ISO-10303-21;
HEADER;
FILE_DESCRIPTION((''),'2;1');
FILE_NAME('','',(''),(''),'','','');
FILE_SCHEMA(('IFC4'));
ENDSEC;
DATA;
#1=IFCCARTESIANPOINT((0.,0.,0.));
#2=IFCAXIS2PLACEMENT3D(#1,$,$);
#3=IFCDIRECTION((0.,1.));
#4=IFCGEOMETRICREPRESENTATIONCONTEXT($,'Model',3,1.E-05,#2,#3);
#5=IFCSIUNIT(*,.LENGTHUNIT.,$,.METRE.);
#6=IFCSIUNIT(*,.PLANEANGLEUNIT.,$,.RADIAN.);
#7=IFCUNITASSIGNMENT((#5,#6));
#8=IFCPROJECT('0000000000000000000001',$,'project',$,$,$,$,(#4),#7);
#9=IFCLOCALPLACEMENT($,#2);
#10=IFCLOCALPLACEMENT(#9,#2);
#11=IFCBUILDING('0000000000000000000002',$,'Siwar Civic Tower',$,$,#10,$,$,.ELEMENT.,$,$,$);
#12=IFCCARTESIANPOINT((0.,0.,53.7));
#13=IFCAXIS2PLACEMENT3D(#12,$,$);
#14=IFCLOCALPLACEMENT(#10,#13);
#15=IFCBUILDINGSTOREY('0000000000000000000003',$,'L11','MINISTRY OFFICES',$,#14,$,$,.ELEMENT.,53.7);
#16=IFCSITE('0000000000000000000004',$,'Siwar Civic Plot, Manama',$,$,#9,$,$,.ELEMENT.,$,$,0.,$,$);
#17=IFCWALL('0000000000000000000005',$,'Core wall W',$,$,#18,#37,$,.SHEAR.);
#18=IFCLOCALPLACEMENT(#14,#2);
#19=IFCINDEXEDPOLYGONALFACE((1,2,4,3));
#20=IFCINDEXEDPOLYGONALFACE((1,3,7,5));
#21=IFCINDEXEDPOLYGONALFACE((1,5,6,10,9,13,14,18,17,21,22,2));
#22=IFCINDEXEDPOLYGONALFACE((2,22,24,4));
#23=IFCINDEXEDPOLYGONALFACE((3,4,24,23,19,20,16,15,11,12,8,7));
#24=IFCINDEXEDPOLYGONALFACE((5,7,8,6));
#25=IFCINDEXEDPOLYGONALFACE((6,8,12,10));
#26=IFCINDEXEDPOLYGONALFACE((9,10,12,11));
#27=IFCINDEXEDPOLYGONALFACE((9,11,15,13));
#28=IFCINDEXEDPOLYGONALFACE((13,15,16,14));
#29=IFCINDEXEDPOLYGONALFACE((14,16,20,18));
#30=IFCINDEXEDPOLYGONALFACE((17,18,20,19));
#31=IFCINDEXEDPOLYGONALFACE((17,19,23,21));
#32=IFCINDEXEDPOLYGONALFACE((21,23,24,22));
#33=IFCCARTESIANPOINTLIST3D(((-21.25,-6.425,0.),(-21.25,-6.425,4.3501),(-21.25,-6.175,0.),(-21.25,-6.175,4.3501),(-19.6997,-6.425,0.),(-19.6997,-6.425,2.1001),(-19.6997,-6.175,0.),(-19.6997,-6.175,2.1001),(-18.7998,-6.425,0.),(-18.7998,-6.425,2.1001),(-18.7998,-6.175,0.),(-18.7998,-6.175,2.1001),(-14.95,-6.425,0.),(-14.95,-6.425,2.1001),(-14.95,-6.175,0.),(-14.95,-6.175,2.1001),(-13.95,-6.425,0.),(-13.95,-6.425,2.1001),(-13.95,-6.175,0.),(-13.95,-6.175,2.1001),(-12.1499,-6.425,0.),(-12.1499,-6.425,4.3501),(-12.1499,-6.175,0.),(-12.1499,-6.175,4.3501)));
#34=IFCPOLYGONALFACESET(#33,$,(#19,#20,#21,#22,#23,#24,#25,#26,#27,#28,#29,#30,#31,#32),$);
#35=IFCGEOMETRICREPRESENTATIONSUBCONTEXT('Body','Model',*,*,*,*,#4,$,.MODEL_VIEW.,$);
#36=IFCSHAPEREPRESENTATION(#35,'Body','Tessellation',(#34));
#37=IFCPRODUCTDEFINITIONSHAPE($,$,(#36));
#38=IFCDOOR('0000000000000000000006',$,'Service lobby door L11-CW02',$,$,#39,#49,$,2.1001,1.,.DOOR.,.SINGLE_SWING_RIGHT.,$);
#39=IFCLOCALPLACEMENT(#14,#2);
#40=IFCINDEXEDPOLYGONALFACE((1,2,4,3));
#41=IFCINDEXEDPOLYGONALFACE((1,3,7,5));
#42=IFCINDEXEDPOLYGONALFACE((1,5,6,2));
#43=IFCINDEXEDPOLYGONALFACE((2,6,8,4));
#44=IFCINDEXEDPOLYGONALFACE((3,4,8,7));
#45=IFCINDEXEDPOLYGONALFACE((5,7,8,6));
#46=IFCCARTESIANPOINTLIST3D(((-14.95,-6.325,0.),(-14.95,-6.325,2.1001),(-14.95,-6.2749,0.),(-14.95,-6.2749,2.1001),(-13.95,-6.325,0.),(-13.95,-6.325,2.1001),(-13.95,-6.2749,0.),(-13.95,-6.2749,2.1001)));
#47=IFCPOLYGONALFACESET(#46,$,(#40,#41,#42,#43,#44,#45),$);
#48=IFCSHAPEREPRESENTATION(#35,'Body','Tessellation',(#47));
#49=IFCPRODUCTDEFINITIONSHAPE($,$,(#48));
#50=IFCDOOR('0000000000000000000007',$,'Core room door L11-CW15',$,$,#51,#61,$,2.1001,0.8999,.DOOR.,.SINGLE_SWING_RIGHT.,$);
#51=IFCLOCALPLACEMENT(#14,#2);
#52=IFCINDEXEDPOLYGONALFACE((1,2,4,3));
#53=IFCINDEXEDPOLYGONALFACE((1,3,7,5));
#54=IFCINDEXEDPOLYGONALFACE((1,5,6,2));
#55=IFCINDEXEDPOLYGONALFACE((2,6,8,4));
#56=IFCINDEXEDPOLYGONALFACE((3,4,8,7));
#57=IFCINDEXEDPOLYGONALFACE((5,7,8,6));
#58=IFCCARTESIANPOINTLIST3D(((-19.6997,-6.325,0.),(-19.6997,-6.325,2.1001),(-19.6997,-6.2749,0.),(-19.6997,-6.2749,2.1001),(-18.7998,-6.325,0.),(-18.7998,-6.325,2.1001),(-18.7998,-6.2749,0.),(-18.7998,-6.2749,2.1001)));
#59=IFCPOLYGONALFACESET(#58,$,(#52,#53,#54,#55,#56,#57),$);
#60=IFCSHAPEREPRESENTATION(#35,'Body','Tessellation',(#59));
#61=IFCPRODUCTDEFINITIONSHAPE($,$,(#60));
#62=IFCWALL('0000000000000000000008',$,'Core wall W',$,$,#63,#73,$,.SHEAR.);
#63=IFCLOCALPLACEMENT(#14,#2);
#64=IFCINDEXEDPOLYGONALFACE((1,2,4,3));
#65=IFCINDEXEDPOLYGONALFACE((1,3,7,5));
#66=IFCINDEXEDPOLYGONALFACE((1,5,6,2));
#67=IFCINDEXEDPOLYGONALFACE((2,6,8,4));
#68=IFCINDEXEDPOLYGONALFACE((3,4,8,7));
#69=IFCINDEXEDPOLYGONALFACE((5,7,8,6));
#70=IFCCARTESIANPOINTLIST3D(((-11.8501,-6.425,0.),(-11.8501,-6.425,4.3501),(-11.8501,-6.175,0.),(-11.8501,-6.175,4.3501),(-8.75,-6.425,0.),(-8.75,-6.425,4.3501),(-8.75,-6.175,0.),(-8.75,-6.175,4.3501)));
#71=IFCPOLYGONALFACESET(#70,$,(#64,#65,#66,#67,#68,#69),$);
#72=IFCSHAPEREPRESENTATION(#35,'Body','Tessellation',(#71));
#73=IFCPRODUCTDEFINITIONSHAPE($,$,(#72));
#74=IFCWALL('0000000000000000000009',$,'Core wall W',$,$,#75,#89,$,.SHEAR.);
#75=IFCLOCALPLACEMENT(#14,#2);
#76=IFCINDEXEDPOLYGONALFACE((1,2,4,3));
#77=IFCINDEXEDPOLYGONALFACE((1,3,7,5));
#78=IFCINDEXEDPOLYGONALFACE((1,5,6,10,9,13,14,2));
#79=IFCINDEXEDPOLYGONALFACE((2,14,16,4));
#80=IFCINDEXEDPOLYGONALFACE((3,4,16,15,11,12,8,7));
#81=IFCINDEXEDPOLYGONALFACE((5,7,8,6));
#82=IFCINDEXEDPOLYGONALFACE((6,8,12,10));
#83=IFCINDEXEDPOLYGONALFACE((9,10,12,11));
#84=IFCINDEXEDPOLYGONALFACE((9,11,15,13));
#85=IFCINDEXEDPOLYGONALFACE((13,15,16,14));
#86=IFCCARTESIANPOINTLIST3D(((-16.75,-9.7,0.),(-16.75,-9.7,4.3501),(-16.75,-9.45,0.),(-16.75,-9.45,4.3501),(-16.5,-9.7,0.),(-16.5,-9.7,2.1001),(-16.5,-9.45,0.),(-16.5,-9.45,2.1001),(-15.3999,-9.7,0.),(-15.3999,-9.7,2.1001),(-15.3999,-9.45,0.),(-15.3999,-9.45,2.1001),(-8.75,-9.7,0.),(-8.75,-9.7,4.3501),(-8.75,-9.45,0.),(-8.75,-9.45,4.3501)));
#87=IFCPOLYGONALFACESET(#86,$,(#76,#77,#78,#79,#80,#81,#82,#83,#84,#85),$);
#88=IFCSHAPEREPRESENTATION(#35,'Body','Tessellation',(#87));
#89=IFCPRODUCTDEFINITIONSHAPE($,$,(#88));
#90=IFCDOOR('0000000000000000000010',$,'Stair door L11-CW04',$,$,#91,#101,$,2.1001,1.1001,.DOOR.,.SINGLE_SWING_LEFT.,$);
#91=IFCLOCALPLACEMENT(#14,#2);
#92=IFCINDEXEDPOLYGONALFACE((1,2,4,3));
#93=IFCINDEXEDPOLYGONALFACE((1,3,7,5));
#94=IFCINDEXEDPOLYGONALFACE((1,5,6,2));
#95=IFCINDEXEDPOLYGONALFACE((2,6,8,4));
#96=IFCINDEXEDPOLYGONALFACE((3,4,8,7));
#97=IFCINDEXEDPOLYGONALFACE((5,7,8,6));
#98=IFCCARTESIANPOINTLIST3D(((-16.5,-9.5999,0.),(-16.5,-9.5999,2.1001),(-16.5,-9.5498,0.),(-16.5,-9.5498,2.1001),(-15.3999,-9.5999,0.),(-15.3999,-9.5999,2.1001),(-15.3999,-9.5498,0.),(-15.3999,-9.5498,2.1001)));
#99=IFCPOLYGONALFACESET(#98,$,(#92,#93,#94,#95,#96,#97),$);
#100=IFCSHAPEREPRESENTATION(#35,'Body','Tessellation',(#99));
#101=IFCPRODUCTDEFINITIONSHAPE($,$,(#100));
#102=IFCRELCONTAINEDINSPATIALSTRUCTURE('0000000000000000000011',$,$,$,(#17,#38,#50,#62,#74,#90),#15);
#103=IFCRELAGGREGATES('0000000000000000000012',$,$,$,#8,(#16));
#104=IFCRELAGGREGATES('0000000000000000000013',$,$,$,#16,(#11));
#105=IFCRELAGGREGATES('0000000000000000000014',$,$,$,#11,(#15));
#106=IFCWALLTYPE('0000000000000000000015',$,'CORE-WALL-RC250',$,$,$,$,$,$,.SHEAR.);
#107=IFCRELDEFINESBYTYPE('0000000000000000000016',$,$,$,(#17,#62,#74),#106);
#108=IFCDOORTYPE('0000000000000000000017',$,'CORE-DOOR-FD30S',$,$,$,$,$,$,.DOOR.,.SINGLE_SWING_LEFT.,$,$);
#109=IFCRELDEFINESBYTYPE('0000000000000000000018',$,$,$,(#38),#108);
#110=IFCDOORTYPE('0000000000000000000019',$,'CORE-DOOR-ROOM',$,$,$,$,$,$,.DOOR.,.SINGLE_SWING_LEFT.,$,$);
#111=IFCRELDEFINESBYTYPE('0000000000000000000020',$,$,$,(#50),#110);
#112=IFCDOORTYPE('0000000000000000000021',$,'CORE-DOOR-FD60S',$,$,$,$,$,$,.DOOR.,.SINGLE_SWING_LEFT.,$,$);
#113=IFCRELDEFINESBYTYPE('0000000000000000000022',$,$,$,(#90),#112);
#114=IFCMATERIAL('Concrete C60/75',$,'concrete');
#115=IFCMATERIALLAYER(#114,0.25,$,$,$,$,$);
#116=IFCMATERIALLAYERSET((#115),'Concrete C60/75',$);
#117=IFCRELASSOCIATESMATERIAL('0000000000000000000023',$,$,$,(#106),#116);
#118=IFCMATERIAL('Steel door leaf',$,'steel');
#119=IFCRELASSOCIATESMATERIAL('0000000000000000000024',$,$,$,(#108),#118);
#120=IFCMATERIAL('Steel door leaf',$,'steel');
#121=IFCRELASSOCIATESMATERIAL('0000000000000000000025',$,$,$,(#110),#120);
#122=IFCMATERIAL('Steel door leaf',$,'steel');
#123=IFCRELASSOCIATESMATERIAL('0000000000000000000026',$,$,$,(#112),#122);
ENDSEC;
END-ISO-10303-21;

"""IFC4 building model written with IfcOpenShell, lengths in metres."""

from ifc_helpers import new_model, si_unit, direction, frame, frame_2d, origin, place, context, subcontext, project, spatial, rectangle, extrude, material, layer, layer_set, type_object, element, fill, save


model = new_model("IFC4")

# Units and contexts
model_context = context("Model", 3, precision=1e-05, world=origin(), true_north=direction((0.0, 1.0)))
body_context = subcontext(model_context, "Body", "Model", "MODEL_VIEW")
ifc_project = project(units=[si_unit("LENGTHUNIT", "METRE"), si_unit("PLANEANGLEUNIT", "RADIAN")], contexts=[model_context])

# Site, building, storey
site_placement = place(None, origin())
site = spatial("IfcSite", under=ifc_project, at=site_placement, Name="Siwar Civic Plot, Manama", CompositionType="ELEMENT", RefElevation=0.0)
building_placement = place(site_placement, origin())
building = spatial("IfcBuilding", under=site, at=building_placement, Name="Siwar Civic Tower", CompositionType="ELEMENT")
storey_placement = place(building_placement, frame((0.0, 0.0, 53.7)))
storey = spatial("IfcBuildingStorey", under=building, at=storey_placement, Name="L11", Description="MINISTRY OFFICES", CompositionType="ELEMENT", Elevation=53.7)

# Wall, openings, doors
ifc_material_1 = material(Name="Concrete C60/75", Category="concrete")
ifc_layer_1 = layer(ifc_material_1, 0.25)
ifc_layer_set_1 = layer_set([ifc_layer_1], Name="Concrete C60/75")
wall_type_1 = type_object("IfcWallType", Name="CORE-WALL-RC250", PredefinedType="SHEAR", material=ifc_layer_set_1)
wall_1_placement = place(storey_placement, frame((-12.1499, -6.3, 0.0), z_axis=(0.0, 0.0, 1.0), x_axis=(-1.0, 0.0, 0.0)))
wall_1 = element("IfcWall", 1, at=wall_1_placement, inside=storey, type_object=wall_type_1, Name="Core wall W", PredefinedType="SHEAR", context=body_context, shape_type="SweptSolid", body=[
    extrude(rectangle(XDim=9.1001, YDim=0.25, at=frame_2d((4.55, 0.0))), origin(), (0.0, 0.0, 1.0), 4.3501),
])
opening_1_placement = place(wall_1_placement, frame((1.8, 0.0, 0.0)))
opening_1 = element("IfcOpeningElement", 2, at=opening_1_placement, cuts=wall_1, PredefinedType="OPENING", context=body_context, shape_type="SweptSolid", body=[
    extrude(rectangle(XDim=1.0, YDim=2.1001, at=frame_2d((0.5, 1.05))), frame((0.0, 0.135, 0.0), z_axis=(0.0, -1.0, 0.0), x_axis=(1.0, 0.0, 0.0)), (0.0, 0.0, 1.0), 0.27),
])
opening_2_placement = place(wall_1_placement, frame((6.6499, 0.0, 0.0)))
opening_2 = element("IfcOpeningElement", 3, at=opening_2_placement, cuts=wall_1, PredefinedType="OPENING", context=body_context, shape_type="SweptSolid", body=[
    extrude(rectangle(XDim=0.8999, YDim=2.1001, at=frame_2d((0.45, 1.05))), frame((0.0, 0.135, 0.0), z_axis=(0.0, -1.0, 0.0), x_axis=(1.0, 0.0, 0.0)), (0.0, 0.0, 1.0), 0.27),
])
ifc_material_2 = material(Name="Steel door leaf", Category="steel")
door_type_1 = type_object("IfcDoorType", Name="CORE-DOOR-FD30S", OperationType="SINGLE_SWING_LEFT", PredefinedType="DOOR", material=ifc_material_2)
door_1_placement = place(opening_1_placement, origin())
door_1 = element("IfcDoor", 4, at=door_1_placement, inside=storey, type_object=door_type_1, Name="Service lobby door L11-CW02", OperationType="SINGLE_SWING_RIGHT", OverallHeight=2.1001, OverallWidth=1.0, PredefinedType="DOOR", context=body_context, shape_type="SweptSolid", body=[
    extrude(rectangle(XDim=1.0, YDim=2.1001, at=frame_2d((0.5, 1.05))), frame((0.0, 0.0249, 0.0), z_axis=(0.0, -1.0, 0.0), x_axis=(1.0, 0.0, 0.0)), (0.0, 0.0, 1.0), 0.05),
])
fill(opening_1, door_1)
ifc_material_3 = material(Name="Steel door leaf", Category="steel")
door_type_2 = type_object("IfcDoorType", Name="CORE-DOOR-ROOM", OperationType="SINGLE_SWING_LEFT", PredefinedType="DOOR", material=ifc_material_3)
door_2_placement = place(opening_2_placement, origin())
door_2 = element("IfcDoor", 5, at=door_2_placement, inside=storey, type_object=door_type_2, Name="Core room door L11-CW15", OperationType="SINGLE_SWING_RIGHT", OverallHeight=2.1001, OverallWidth=0.8999, PredefinedType="DOOR", context=body_context, shape_type="SweptSolid", body=[
    extrude(rectangle(XDim=0.8999, YDim=2.1001, at=frame_2d((0.45, 1.05))), frame((0.0, 0.0249, 0.0), z_axis=(0.0, -1.0, 0.0), x_axis=(1.0, 0.0, 0.0)), (0.0, 0.0, 1.0), 0.05),
])
fill(opening_2, door_2)

# Wall
wall_2_placement = place(storey_placement, frame((-8.75, -6.3, 0.0), z_axis=(0.0, 0.0, 1.0), x_axis=(-1.0, 0.0, 0.0)))
element("IfcWall", 6, at=wall_2_placement, inside=storey, type_object=wall_type_1, Name="Core wall W", PredefinedType="SHEAR", context=body_context, shape_type="SweptSolid", body=[
    extrude(rectangle(XDim=3.1001, YDim=0.25, at=frame_2d((1.55, 0.0))), origin(), (0.0, 0.0, 1.0), 4.3501),
])

# Wall, opening, door
wall_3_placement = place(storey_placement, frame((-8.75, -9.575, 0.0), z_axis=(0.0, 0.0, 1.0), x_axis=(-1.0, 0.0, 0.0)))
wall_3 = element("IfcWall", 7, at=wall_3_placement, inside=storey, type_object=wall_type_1, Name="Core wall W", PredefinedType="SHEAR", context=body_context, shape_type="SweptSolid", body=[
    extrude(rectangle(XDim=8.0, YDim=0.25, at=frame_2d((4.0, 0.0))), origin(), (0.0, 0.0, 1.0), 4.3501),
])
opening_3_placement = place(wall_3_placement, frame((6.6499, 0.0, 0.0)))
opening_3 = element("IfcOpeningElement", 8, at=opening_3_placement, cuts=wall_3, PredefinedType="OPENING", context=body_context, shape_type="SweptSolid", body=[
    extrude(rectangle(XDim=1.1001, YDim=2.1001, at=frame_2d((0.55, 1.05))), frame((0.0, 0.135, 0.0), z_axis=(0.0, -1.0, 0.0), x_axis=(1.0, 0.0, 0.0)), (0.0, 0.0, 1.0), 0.27),
])
ifc_material_4 = material(Name="Steel door leaf", Category="steel")
door_type_3 = type_object("IfcDoorType", Name="CORE-DOOR-FD60S", OperationType="SINGLE_SWING_LEFT", PredefinedType="DOOR", material=ifc_material_4)
door_3_placement = place(opening_3_placement, origin())
door_3 = element("IfcDoor", 9, at=door_3_placement, inside=storey, type_object=door_type_3, Name="Stair door L11-CW04", OperationType="SINGLE_SWING_LEFT", OverallHeight=2.1001, OverallWidth=1.1001, PredefinedType="DOOR", context=body_context, shape_type="SweptSolid", body=[
    extrude(rectangle(XDim=1.1001, YDim=2.1001, at=frame_2d((0.55, 1.05))), frame((0.0, 0.0249, 0.0), z_axis=(0.0, -1.0, 0.0), x_axis=(1.0, 0.0, 0.0)), (0.0, 0.0, 1.0), 0.05),
])
fill(opening_3, door_3)

save(model, "model.ifc")
